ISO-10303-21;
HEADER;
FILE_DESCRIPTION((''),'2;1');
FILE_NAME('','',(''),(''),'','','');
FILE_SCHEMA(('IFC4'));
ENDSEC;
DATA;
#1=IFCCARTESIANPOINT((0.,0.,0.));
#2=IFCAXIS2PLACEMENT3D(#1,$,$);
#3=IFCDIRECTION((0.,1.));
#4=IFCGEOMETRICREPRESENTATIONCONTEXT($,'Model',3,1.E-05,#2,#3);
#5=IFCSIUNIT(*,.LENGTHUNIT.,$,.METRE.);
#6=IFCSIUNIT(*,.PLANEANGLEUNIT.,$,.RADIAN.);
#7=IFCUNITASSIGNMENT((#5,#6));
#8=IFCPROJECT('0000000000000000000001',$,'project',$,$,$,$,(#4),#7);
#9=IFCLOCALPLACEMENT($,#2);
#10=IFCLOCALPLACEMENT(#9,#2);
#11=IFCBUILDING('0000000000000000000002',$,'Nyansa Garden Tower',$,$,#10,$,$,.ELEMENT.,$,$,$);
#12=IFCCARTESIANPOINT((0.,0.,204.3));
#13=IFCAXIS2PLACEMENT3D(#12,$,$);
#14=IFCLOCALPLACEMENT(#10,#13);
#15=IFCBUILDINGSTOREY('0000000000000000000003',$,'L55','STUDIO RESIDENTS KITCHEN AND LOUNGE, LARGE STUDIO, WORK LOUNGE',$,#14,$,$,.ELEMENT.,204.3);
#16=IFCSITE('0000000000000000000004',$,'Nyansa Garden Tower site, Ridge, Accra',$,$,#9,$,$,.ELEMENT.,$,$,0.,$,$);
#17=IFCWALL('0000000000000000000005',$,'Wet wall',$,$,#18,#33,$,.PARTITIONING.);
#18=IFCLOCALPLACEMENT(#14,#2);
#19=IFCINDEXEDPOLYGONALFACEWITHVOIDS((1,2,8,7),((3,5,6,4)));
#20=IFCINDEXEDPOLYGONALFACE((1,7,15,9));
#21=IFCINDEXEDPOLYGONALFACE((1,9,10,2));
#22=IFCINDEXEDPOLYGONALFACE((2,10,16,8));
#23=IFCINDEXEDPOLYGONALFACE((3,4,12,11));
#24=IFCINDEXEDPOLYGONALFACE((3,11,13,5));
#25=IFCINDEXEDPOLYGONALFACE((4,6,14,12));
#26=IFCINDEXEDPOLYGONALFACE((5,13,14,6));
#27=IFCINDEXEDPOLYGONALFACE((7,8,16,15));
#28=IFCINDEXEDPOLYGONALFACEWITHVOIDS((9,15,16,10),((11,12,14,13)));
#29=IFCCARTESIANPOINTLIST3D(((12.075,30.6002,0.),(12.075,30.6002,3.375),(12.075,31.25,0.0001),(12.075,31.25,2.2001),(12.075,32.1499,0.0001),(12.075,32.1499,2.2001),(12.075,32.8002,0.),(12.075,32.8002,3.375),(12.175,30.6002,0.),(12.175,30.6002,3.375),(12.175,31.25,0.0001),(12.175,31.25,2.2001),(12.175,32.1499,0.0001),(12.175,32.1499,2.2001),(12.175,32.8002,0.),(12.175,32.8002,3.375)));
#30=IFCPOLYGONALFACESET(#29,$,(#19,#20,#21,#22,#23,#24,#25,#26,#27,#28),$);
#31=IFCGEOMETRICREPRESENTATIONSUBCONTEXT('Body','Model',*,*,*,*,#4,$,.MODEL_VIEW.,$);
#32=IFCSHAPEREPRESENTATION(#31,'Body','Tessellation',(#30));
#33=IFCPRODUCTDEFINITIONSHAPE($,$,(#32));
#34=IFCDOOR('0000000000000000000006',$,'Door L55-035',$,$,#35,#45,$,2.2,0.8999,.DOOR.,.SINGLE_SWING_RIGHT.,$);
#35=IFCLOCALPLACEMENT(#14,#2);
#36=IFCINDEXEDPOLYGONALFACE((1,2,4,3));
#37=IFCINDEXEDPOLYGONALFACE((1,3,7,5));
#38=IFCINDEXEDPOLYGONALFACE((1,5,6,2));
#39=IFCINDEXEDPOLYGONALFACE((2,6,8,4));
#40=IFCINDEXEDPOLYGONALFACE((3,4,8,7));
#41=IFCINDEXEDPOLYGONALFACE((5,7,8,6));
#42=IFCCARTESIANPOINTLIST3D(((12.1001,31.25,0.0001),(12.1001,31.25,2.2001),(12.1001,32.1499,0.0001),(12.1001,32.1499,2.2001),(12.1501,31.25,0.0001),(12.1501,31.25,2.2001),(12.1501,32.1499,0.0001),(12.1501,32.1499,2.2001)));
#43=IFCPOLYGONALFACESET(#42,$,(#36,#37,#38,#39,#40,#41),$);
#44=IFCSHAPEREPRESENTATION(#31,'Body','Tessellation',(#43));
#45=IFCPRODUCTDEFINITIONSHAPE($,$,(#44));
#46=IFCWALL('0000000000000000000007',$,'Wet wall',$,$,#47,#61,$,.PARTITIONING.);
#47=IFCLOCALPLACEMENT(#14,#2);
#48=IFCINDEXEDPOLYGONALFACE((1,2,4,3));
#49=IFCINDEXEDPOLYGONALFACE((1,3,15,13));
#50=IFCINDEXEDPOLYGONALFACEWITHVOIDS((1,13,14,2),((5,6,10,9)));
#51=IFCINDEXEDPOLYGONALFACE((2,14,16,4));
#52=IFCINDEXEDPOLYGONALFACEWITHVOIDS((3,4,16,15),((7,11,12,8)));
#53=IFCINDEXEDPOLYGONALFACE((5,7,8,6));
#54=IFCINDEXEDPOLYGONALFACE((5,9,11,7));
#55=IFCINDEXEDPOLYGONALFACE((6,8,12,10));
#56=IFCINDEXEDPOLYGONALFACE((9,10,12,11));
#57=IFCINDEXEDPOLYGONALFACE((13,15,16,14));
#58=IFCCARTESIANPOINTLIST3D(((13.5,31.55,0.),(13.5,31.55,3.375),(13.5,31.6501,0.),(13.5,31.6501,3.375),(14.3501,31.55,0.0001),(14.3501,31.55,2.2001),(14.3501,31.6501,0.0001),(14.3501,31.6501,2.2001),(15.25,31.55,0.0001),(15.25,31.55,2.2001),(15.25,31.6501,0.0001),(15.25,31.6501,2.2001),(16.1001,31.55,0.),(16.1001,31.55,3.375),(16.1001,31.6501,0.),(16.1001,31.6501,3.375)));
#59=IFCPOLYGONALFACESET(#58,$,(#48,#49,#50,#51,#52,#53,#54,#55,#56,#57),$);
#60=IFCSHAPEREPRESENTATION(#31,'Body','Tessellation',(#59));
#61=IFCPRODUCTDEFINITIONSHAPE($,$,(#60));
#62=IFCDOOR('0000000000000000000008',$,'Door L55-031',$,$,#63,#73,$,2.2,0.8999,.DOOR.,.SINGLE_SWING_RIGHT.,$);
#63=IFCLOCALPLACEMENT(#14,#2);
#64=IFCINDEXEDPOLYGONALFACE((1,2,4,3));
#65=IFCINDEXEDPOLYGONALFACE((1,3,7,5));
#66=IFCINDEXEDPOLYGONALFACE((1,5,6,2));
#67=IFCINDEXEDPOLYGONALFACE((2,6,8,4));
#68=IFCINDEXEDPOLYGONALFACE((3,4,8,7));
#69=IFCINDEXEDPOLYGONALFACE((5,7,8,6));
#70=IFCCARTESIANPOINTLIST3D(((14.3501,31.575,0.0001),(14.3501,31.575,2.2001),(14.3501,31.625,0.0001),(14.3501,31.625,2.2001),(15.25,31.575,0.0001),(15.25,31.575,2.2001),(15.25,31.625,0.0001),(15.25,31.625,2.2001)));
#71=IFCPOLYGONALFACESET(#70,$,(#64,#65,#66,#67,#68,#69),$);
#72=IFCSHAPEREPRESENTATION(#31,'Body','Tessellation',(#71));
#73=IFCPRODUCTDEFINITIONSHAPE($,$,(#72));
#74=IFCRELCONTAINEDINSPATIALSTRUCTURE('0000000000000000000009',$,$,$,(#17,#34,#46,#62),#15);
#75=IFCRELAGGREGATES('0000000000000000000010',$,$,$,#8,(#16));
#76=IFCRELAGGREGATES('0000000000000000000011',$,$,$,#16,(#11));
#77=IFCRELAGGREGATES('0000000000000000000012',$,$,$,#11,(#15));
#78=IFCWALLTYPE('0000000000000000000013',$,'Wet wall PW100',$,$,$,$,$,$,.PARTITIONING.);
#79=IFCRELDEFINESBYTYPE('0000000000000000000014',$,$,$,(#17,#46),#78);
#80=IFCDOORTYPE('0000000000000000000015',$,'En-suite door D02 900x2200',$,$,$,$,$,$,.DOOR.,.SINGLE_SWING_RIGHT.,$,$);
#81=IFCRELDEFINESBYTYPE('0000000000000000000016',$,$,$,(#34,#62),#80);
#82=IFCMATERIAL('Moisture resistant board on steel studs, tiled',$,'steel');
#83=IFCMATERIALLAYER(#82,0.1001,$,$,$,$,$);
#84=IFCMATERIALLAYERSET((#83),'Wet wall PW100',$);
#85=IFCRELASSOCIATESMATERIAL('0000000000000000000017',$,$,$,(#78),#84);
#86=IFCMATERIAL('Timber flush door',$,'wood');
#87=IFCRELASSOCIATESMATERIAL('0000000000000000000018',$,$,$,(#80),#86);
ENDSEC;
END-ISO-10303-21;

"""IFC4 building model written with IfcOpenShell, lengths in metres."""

from ifc_helpers import new_model, si_unit, direction, frame, frame_2d, origin, place, context, subcontext, project, spatial, rectangle, extrude, material, layer, layer_set, type_object, element, fill, save


model = new_model("IFC4")

# Units and contexts
model_context = context("Model", 3, precision=1e-05, world=origin(), true_north=direction((0.0, 1.0)))
body_context = subcontext(model_context, "Body", "Model", "MODEL_VIEW")
ifc_project = project(units=[si_unit("LENGTHUNIT", "METRE"), si_unit("PLANEANGLEUNIT", "RADIAN")], contexts=[model_context])

# Site, building, storey
site_placement = place(None, origin())
site = spatial("IfcSite", under=ifc_project, at=site_placement, Name="Nyansa Garden Tower site, Ridge, Accra", CompositionType="ELEMENT", RefElevation=0.0)
building_placement = place(site_placement, origin())
building = spatial("IfcBuilding", under=site, at=building_placement, Name="Nyansa Garden Tower", CompositionType="ELEMENT")
storey_placement = place(building_placement, frame((0.0, 0.0, 204.3)))
storey = spatial("IfcBuildingStorey", under=building, at=storey_placement, Name="L55", Description="STUDIO RESIDENTS KITCHEN AND LOUNGE, LARGE STUDIO, WORK LOUNGE", CompositionType="ELEMENT", Elevation=204.3)

# Shared definitions
ifc_material_1 = material(Name="Moisture resistant board on steel studs, tiled", Category="steel")
ifc_layer_1 = layer(ifc_material_1, 0.1001)
ifc_layer_set_1 = layer_set([ifc_layer_1], Name="Wet wall PW100")
wall_type_1 = type_object("IfcWallType", Name="Wet wall PW100", PredefinedType="PARTITIONING", material=ifc_layer_set_1)

# Walls, openings, doors
wall_1_placement = place(storey_placement, frame((12.125, 30.6001, 0.0), z_axis=(0.0, 0.0, 1.0), x_axis=(0.0, 1.0, 0.0)))
wall_1 = element("IfcWall", 1, at=wall_1_placement, inside=storey, type_object=wall_type_1, Name="Wet wall", PredefinedType="PARTITIONING", context=body_context, shape_type="SweptSolid", body=[
    extrude(rectangle(XDim=2.2, YDim=0.1001, at=frame_2d((1.1001, 0.0))), origin(), (0.0, 0.0, 1.0), 3.375),
])
opening_1_placement = place(wall_1_placement, frame((0.6499, 0.0, 0.0)))
opening_1 = element("IfcOpeningElement", 2, at=opening_1_placement, cuts=wall_1, PredefinedType="OPENING", context=body_context, shape_type="SweptSolid", body=[
    extrude(rectangle(XDim=0.8999, YDim=2.2, at=frame_2d((0.45, 1.1001))), frame((0.0, 0.0601, 0.0), z_axis=(0.0, -1.0, 0.0), x_axis=(1.0, 0.0, 0.0)), (0.0, 0.0, 1.0), 0.1201),
])
ifc_material_2 = material(Name="Timber flush door", Category="wood")
door_type_1 = type_object("IfcDoorType", Name="En-suite door D02 900x2200", OperationType="SINGLE_SWING_RIGHT", PredefinedType="DOOR", material=ifc_material_2)
door_1_placement = place(opening_1_placement, origin())
door_1 = element("IfcDoor", 3, at=door_1_placement, inside=storey, type_object=door_type_1, Name="Door L55-035", OperationType="SINGLE_SWING_RIGHT", OverallHeight=2.2, OverallWidth=0.8999, PredefinedType="DOOR", context=body_context, shape_type="SweptSolid", body=[
    extrude(rectangle(XDim=0.8999, YDim=2.2, at=frame_2d((0.45, 1.1001))), frame((0.0, 0.0249, 0.0), z_axis=(0.0, -1.0, 0.0), x_axis=(1.0, 0.0, 0.0)), (0.0, 0.0, 1.0), 0.05),
])
fill(opening_1, door_1)
wall_2_placement = place(storey_placement, frame((13.5, 31.6001, 0.0), z_axis=(0.0, 0.0, 1.0), x_axis=(1.0, 0.0, 0.0)))
wall_2 = element("IfcWall", 4, at=wall_2_placement, inside=storey, type_object=wall_type_1, Name="Wet wall", PredefinedType="PARTITIONING", context=body_context, shape_type="SweptSolid", body=[
    extrude(rectangle(XDim=2.6001, YDim=0.1001, at=frame_2d((1.3, 0.0))), origin(), (0.0, 0.0, 1.0), 3.375),
])
opening_2_placement = place(wall_2_placement, frame((0.8501, 0.0, 0.0)))
opening_2 = element("IfcOpeningElement", 5, at=opening_2_placement, cuts=wall_2, PredefinedType="OPENING", context=body_context, shape_type="SweptSolid", body=[
    extrude(rectangle(XDim=0.8999, YDim=2.2, at=frame_2d((0.45, 1.1001))), frame((0.0, 0.0601, 0.0), z_axis=(0.0, -1.0, 0.0), x_axis=(1.0, 0.0, 0.0)), (0.0, 0.0, 1.0), 0.1201),
])
door_2_placement = place(opening_2_placement, origin())
door_2 = element("IfcDoor", 6, at=door_2_placement, inside=storey, type_object=door_type_1, Name="Door L55-031", OperationType="SINGLE_SWING_RIGHT", OverallHeight=2.2, OverallWidth=0.8999, PredefinedType="DOOR", context=body_context, shape_type="SweptSolid", body=[
    extrude(rectangle(XDim=0.8999, YDim=2.2, at=frame_2d((0.45, 1.1001))), frame((0.0, 0.0249, 0.0), z_axis=(0.0, -1.0, 0.0), x_axis=(1.0, 0.0, 0.0)), (0.0, 0.0, 1.0), 0.05),
])
fill(opening_2, door_2)

save(model, "model.ifc")
